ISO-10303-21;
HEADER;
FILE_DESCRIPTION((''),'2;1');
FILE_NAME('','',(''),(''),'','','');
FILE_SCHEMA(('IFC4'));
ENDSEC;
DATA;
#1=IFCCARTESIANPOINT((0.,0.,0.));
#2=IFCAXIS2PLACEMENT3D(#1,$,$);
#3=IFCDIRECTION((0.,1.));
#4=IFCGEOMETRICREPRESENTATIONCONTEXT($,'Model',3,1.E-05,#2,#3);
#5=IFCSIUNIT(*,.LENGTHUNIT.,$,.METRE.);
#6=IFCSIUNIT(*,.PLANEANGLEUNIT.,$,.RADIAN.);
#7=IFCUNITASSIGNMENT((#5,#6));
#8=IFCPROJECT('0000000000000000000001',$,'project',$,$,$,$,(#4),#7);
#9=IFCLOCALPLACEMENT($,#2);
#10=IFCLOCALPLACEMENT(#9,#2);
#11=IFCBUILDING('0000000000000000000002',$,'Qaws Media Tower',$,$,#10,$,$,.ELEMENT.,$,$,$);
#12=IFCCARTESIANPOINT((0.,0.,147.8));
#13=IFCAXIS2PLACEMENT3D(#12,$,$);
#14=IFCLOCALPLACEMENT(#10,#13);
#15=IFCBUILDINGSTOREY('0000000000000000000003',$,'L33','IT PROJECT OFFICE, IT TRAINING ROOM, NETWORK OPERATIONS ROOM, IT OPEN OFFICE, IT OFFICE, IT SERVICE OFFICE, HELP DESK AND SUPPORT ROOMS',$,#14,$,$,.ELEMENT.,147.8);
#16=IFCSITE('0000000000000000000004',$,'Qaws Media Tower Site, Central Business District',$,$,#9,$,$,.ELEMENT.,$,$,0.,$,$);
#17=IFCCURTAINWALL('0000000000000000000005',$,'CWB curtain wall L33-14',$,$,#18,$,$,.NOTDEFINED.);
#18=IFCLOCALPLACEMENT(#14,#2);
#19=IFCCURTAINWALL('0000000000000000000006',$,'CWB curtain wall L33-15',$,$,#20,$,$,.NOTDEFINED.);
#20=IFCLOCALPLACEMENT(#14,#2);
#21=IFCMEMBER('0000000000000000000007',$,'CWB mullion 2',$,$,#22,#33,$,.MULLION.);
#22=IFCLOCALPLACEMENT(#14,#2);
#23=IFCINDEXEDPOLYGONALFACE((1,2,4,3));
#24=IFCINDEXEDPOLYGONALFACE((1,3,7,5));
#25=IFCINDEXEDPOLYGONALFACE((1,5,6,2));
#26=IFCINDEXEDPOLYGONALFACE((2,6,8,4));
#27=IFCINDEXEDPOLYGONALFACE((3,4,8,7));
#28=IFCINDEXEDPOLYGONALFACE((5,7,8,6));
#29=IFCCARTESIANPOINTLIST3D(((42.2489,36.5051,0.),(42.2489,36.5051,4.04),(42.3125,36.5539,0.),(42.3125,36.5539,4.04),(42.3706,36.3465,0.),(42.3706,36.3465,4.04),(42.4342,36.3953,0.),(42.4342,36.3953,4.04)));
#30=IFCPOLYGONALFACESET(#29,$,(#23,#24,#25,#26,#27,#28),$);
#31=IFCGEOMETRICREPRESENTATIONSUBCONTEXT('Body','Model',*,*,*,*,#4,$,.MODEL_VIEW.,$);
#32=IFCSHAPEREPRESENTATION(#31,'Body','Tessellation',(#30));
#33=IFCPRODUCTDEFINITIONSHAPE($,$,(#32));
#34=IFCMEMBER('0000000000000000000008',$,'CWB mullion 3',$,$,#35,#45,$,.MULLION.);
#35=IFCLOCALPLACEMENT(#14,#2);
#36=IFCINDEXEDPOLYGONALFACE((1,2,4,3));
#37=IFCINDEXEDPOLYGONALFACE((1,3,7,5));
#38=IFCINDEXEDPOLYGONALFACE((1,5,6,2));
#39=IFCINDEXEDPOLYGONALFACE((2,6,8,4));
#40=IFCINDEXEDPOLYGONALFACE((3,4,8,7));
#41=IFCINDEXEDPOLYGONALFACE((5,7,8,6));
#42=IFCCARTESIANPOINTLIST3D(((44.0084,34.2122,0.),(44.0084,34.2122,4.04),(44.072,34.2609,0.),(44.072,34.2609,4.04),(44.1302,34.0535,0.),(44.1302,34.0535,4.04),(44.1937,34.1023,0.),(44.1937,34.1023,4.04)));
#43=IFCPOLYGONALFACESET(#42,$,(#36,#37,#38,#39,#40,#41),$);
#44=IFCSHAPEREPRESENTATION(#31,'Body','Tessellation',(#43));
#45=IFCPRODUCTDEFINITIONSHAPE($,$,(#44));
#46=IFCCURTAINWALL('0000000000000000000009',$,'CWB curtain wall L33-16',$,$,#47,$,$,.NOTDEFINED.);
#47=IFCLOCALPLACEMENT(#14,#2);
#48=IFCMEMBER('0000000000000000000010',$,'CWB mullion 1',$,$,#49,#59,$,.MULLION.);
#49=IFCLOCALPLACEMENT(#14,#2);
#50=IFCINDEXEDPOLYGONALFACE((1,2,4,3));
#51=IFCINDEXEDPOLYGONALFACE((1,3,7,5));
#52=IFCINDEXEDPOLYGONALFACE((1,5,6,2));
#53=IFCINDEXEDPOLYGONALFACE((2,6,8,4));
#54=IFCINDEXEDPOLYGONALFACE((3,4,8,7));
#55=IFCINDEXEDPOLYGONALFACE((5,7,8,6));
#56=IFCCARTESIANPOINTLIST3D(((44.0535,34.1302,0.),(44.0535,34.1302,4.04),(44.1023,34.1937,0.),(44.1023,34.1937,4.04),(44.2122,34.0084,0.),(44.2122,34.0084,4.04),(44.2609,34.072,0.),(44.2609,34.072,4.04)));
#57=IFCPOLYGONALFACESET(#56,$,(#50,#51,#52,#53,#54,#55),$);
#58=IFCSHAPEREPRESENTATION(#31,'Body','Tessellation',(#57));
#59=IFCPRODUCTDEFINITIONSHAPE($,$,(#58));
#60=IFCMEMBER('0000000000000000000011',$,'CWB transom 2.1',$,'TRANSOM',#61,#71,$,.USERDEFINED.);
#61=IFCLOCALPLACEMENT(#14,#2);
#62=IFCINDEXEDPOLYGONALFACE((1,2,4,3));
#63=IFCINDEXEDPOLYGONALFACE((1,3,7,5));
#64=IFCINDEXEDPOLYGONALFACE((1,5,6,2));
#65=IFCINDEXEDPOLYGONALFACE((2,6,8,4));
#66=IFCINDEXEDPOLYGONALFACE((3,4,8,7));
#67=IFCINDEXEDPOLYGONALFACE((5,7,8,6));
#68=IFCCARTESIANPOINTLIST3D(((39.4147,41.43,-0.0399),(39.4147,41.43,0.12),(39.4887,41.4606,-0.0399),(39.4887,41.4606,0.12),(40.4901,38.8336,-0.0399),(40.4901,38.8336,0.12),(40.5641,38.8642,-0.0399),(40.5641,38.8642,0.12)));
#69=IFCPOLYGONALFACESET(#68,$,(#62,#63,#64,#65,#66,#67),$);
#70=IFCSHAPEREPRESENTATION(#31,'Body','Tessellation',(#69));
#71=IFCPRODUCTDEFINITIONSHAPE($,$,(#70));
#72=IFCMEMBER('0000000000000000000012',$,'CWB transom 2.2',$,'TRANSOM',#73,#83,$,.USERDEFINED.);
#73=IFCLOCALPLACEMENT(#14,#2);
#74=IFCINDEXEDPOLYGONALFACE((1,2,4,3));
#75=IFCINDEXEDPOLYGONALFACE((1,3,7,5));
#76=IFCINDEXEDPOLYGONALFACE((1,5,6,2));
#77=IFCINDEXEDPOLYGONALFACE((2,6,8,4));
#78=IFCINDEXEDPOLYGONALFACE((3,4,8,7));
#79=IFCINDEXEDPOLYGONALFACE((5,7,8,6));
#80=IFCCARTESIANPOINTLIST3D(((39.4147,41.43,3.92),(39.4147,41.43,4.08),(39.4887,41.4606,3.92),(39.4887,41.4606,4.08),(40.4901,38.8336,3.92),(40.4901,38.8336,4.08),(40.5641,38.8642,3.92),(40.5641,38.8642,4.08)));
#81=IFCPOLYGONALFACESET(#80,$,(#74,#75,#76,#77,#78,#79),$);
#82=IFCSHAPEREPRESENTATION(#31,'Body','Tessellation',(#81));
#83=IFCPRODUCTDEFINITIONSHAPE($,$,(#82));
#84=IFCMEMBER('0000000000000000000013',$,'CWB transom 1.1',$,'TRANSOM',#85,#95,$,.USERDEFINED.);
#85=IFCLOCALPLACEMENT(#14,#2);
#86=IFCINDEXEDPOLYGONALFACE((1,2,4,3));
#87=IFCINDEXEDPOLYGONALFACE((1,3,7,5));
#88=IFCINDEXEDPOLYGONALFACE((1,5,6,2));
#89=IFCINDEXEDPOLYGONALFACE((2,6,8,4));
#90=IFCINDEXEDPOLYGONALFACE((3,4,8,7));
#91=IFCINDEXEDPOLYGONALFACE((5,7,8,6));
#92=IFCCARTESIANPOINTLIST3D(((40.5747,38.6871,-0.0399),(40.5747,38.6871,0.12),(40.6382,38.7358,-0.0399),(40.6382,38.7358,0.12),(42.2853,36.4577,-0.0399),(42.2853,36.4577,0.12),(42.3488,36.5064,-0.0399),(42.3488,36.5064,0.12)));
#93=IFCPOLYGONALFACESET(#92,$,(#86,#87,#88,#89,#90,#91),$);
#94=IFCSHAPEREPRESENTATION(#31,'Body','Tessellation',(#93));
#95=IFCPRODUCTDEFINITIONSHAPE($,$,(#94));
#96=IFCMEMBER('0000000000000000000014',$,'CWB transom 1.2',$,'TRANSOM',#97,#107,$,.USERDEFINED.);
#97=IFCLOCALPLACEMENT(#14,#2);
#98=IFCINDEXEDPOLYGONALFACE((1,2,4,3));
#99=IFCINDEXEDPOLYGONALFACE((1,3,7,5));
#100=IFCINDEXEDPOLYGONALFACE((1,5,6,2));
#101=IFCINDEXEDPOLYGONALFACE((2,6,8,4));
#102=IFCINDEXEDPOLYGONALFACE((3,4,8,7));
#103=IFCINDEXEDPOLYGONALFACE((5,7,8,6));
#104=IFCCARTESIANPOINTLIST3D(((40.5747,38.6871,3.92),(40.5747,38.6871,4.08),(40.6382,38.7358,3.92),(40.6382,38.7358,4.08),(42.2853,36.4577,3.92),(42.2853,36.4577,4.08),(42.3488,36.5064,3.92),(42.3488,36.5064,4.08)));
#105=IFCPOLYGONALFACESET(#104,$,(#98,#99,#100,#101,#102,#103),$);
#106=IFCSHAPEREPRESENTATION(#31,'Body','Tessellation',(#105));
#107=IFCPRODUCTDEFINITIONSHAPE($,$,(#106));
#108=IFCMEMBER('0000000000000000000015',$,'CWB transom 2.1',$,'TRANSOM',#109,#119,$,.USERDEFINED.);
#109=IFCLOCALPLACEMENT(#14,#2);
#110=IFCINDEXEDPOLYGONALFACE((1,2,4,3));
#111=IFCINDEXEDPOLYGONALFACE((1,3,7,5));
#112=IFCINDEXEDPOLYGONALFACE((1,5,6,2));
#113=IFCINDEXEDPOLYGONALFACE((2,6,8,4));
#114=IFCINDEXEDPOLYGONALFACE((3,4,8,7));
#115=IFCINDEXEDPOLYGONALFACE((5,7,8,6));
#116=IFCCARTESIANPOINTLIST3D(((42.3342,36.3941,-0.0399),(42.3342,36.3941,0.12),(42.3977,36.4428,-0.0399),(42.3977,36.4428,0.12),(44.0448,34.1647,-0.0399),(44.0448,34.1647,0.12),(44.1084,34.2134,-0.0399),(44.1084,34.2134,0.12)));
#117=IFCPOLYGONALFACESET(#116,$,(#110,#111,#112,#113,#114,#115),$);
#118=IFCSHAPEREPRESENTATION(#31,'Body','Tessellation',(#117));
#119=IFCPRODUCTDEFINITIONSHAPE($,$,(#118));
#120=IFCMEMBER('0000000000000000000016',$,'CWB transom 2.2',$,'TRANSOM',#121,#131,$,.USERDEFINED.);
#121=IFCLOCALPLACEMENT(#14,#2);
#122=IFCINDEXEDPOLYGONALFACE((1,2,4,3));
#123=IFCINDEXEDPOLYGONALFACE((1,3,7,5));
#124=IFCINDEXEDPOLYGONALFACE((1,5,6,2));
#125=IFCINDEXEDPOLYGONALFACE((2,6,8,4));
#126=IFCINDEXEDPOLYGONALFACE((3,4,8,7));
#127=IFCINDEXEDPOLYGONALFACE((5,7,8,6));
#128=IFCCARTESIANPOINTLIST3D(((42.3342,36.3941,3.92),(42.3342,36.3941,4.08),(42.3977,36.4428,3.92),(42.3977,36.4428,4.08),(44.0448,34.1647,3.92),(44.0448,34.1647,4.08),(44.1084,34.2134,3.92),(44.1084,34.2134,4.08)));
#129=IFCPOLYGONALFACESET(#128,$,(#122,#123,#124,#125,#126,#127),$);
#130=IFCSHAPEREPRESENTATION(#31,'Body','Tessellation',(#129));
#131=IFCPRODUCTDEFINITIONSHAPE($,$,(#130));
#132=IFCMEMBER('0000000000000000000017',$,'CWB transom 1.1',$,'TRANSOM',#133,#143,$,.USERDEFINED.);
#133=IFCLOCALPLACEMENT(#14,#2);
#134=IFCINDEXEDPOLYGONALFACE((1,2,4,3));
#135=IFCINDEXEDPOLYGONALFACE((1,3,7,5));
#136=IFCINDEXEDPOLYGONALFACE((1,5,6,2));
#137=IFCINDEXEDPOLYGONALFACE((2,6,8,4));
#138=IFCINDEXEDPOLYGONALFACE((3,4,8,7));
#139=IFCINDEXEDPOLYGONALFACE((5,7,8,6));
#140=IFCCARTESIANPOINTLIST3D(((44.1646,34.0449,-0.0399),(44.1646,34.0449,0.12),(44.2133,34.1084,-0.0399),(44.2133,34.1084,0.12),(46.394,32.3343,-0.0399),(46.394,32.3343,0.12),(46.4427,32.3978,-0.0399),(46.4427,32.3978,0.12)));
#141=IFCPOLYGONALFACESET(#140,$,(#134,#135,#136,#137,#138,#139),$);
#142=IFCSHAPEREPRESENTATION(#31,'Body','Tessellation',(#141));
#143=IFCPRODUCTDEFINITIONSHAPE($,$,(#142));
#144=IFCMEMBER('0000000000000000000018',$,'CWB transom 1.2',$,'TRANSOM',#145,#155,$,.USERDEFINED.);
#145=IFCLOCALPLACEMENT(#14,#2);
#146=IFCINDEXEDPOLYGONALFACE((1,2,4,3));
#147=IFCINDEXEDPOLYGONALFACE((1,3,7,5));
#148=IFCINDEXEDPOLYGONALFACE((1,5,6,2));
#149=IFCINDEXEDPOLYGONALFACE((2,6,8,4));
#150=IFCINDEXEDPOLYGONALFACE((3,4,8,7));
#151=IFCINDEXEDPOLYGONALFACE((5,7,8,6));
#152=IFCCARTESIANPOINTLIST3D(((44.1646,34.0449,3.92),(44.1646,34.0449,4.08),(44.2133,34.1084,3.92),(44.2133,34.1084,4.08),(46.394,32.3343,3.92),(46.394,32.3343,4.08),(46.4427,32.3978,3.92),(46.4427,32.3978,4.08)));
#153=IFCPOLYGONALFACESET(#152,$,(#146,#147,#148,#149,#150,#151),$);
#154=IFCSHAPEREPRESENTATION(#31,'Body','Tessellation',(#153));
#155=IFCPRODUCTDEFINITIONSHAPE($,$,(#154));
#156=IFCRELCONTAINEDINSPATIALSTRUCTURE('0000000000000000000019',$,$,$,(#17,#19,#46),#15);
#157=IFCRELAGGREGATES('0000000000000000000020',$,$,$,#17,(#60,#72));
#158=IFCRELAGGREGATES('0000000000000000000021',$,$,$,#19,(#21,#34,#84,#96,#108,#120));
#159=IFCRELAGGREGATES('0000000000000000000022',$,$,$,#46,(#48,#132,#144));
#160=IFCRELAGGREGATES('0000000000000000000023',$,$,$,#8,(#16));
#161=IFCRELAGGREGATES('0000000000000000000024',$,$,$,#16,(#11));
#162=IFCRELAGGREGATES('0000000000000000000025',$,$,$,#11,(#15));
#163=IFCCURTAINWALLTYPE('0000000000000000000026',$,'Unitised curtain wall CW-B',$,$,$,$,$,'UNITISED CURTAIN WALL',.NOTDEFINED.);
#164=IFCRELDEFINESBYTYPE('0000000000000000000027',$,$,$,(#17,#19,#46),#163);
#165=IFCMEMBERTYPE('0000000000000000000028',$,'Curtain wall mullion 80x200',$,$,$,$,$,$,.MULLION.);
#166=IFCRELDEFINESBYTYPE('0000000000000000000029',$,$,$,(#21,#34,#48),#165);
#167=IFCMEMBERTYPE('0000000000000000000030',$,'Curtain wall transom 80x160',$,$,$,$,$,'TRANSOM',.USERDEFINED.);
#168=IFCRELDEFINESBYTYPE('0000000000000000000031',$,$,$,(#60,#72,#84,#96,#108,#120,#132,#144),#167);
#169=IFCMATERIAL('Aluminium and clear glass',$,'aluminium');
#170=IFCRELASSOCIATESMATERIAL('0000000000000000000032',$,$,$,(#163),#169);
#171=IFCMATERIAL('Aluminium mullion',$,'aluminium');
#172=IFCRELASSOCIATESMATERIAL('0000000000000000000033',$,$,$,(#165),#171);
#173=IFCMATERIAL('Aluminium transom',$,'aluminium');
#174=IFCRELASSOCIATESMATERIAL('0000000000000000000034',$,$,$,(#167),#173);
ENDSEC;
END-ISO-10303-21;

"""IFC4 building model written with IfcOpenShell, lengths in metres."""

from ifc_helpers import new_model, si_unit, direction, frame, origin, origin_2d, place, context, subcontext, project, spatial, rectangle, extrude, material, material_profile, profile_set, type_object, element, aggregate, save


model = new_model("IFC4")

# Units and contexts
model_context = context("Model", 3, precision=1e-05, world=origin(), true_north=direction((0.0, 1.0)))
body_context = subcontext(model_context, "Body", "Model", "MODEL_VIEW")
ifc_project = project(units=[si_unit("LENGTHUNIT", "METRE"), si_unit("PLANEANGLEUNIT", "RADIAN")], contexts=[model_context])

# Site, building, storey
site_placement = place(None, origin())
site = spatial("IfcSite", under=ifc_project, at=site_placement, Name="Qaws Media Tower Site, Central Business District", CompositionType="ELEMENT", RefElevation=0.0)
building_placement = place(site_placement, origin())
building = spatial("IfcBuilding", under=site, at=building_placement, Name="Qaws Media Tower", CompositionType="ELEMENT")
storey_placement = place(building_placement, frame((0.0, 0.0, 147.8)))
storey = spatial("IfcBuildingStorey", under=building, at=storey_placement, Name="L33", Description="IT PROJECT OFFICE, IT TRAINING ROOM, NETWORK OPERATIONS ROOM, IT OPEN OFFICE, IT OFFICE, IT SERVICE OFFICE, HELP DESK AND SUPPORT ROOMS", CompositionType="ELEMENT", Elevation=147.8)

# Curtain wall
ifc_material_1 = material(Name="Aluminium and clear glass", Category="aluminium")
curtain_wall_type = type_object("IfcCurtainWallType", Name="Unitised curtain wall CW-B", ElementType="UNITISED CURTAIN WALL", PredefinedType="NOTDEFINED", material=ifc_material_1)
curtain_wall_1_placement = place(storey_placement, origin())
curtain_wall_1 = element("IfcCurtainWall", 1, at=curtain_wall_1_placement, inside=storey, type_object=curtain_wall_type, Name="CWB curtain wall L33-14", PredefinedType="NOTDEFINED")
ifc_material_2 = material(Name="Aluminium mullion", Category="aluminium")
ifc_material_profile_1 = material_profile(ifc_material_2, rectangle(XDim=0.0801, YDim=0.2, at=origin_2d()), Name="80x200")
ifc_profile_set_1 = profile_set([ifc_material_profile_1], Name="Aluminium mullion")
member_type_1 = type_object("IfcMemberType", Name="Curtain wall mullion 80x200", PredefinedType="MULLION", material=ifc_profile_set_1)

# Curtain wall, members
curtain_wall_2_placement = place(storey_placement, origin())
curtain_wall_2 = element("IfcCurtainWall", 2, at=curtain_wall_2_placement, inside=storey, type_object=curtain_wall_type, Name="CWB curtain wall L33-15", PredefinedType="NOTDEFINED")
member_1_placement = place(storey_placement, frame((42.3416, 36.4502, 0.0), z_axis=(0.0, 0.0, 1.0), x_axis=(0.793353, 0.608761, 0.0)))
member_1 = element("IfcMember", 3, at=member_1_placement, type_object=member_type_1, Name="CWB mullion 2", PredefinedType="MULLION", context=body_context, shape_type="SweptSolid", body=[
    extrude(rectangle(XDim=0.0801, YDim=0.2, at=origin_2d()), origin(), (0.0, 0.0, 1.0), 4.04),
])
member_2_placement = place(storey_placement, frame((44.1011, 34.1572, 0.0), z_axis=(0.0, 0.0, 1.0), x_axis=(0.793353, 0.608761, 0.0)))
member_2 = element("IfcMember", 4, at=member_2_placement, type_object=member_type_1, Name="CWB mullion 3", PredefinedType="MULLION", context=body_context, shape_type="SweptSolid", body=[
    extrude(rectangle(XDim=0.0801, YDim=0.2, at=origin_2d()), origin(), (0.0, 0.0, 1.0), 4.04),
])

# Curtain wall, member
curtain_wall_3_placement = place(storey_placement, origin())
curtain_wall_3 = element("IfcCurtainWall", 5, at=curtain_wall_3_placement, inside=storey, type_object=curtain_wall_type, Name="CWB curtain wall L33-16", PredefinedType="NOTDEFINED")
member_3_placement = place(storey_placement, frame((44.1572, 34.1011, 0.0), z_axis=(0.0, 0.0, 1.0), x_axis=(0.608761, 0.793353, 0.0)))
member_3 = element("IfcMember", 6, at=member_3_placement, type_object=member_type_1, Name="CWB mullion 1", PredefinedType="MULLION", context=body_context, shape_type="SweptSolid", body=[
    extrude(rectangle(XDim=0.0801, YDim=0.2, at=origin_2d()), origin(), (0.0, 0.0, 1.0), 4.04),
])

# Members
ifc_material_3 = material(Name="Aluminium transom", Category="aluminium")
ifc_material_profile_2 = material_profile(ifc_material_3, rectangle(XDim=0.0801, YDim=0.1599, at=origin_2d()), Name="80x160")
ifc_profile_set_2 = profile_set([ifc_material_profile_2], Name="Aluminium transom")
member_type_2 = type_object("IfcMemberType", Name="Curtain wall transom 80x160", ElementType="TRANSOM", PredefinedType="USERDEFINED", material=ifc_profile_set_2)
member_4_placement = place(storey_placement, frame((39.4517, 41.4453, 0.04), z_axis=(0.382671, -0.923884, 0.0), x_axis=(0.923884, 0.382671, 0.0)))
member_4 = element("IfcMember", 7, at=member_4_placement, type_object=member_type_2, Name="CWB transom 2.1", ObjectType="TRANSOM", PredefinedType="USERDEFINED", context=body_context, shape_type="SweptSolid", body=[
    extrude(rectangle(XDim=0.0801, YDim=0.1599, at=origin_2d()), origin(), (0.0, 0.0, 1.0), 2.8103),
])
member_5_placement = place(storey_placement, frame((39.4517, 41.4453, 4.0), z_axis=(0.382671, -0.923884, 0.0), x_axis=(0.923884, 0.382671, 0.0)))
member_5 = element("IfcMember", 8, at=member_5_placement, type_object=member_type_2, Name="CWB transom 2.2", ObjectType="TRANSOM", PredefinedType="USERDEFINED", context=body_context, shape_type="SweptSolid", body=[
    extrude(rectangle(XDim=0.0801, YDim=0.1599, at=origin_2d()), origin(), (0.0, 0.0, 1.0), 2.8103),
])
member_6_placement = place(storey_placement, frame((40.6064, 38.7114, 0.04), z_axis=(0.608749, -0.793363, 0.0), x_axis=(0.793363, 0.608749, 0.0)))
member_6 = element("IfcMember", 9, at=member_6_placement, type_object=member_type_2, Name="CWB transom 1.1", ObjectType="TRANSOM", PredefinedType="USERDEFINED", context=body_context, shape_type="SweptSolid", body=[
    extrude(rectangle(XDim=0.0801, YDim=0.1599, at=origin_2d()), origin(), (0.0, 0.0, 1.0), 2.8101),
])
member_7_placement = place(storey_placement, frame((40.6064, 38.7114, 4.0), z_axis=(0.608749, -0.793363, 0.0), x_axis=(0.793363, 0.608749, 0.0)))
member_7 = element("IfcMember", 10, at=member_7_placement, type_object=member_type_2, Name="CWB transom 1.2", ObjectType="TRANSOM", PredefinedType="USERDEFINED", context=body_context, shape_type="SweptSolid", body=[
    extrude(rectangle(XDim=0.0801, YDim=0.1599, at=origin_2d()), origin(), (0.0, 0.0, 1.0), 2.8101),
])
member_8_placement = place(storey_placement, frame((42.366, 36.4185, 0.04), z_axis=(0.608749, -0.793363, 0.0), x_axis=(0.793363, 0.608749, 0.0)))
member_8 = element("IfcMember", 11, at=member_8_placement, type_object=member_type_2, Name="CWB transom 2.1", ObjectType="TRANSOM", PredefinedType="USERDEFINED", context=body_context, shape_type="SweptSolid", body=[
    extrude(rectangle(XDim=0.0801, YDim=0.1599, at=origin_2d()), origin(), (0.0, 0.0, 1.0), 2.8101),
])
member_9_placement = place(storey_placement, frame((42.366, 36.4185, 4.0), z_axis=(0.608749, -0.793363, 0.0), x_axis=(0.793363, 0.608749, 0.0)))
member_9 = element("IfcMember", 12, at=member_9_placement, type_object=member_type_2, Name="CWB transom 2.2", ObjectType="TRANSOM", PredefinedType="USERDEFINED", context=body_context, shape_type="SweptSolid", body=[
    extrude(rectangle(XDim=0.0801, YDim=0.1599, at=origin_2d()), origin(), (0.0, 0.0, 1.0), 2.8101),
])
member_10_placement = place(storey_placement, frame((44.189, 34.0767, 0.04), z_axis=(0.793363, -0.608749, 0.0), x_axis=(0.608749, 0.793363, 0.0)))
member_10 = element("IfcMember", 13, at=member_10_placement, type_object=member_type_2, Name="CWB transom 1.1", ObjectType="TRANSOM", PredefinedType="USERDEFINED", context=body_context, shape_type="SweptSolid", body=[
    extrude(rectangle(XDim=0.0801, YDim=0.1599, at=origin_2d()), origin(), (0.0, 0.0, 1.0), 2.8101),
])
member_11_placement = place(storey_placement, frame((44.189, 34.0767, 4.0), z_axis=(0.793363, -0.608749, 0.0), x_axis=(0.608749, 0.793363, 0.0)))
member_11 = element("IfcMember", 14, at=member_11_placement, type_object=member_type_2, Name="CWB transom 1.2", ObjectType="TRANSOM", PredefinedType="USERDEFINED", context=body_context, shape_type="SweptSolid", body=[
    extrude(rectangle(XDim=0.0801, YDim=0.1599, at=origin_2d()), origin(), (0.0, 0.0, 1.0), 2.8101),
])

aggregate(curtain_wall_1, [member_4, member_5])
aggregate(curtain_wall_2, [member_1, member_2, member_6, member_7, member_8, member_9])
aggregate(curtain_wall_3, [member_3, member_10, member_11])

save(model, "model.ifc")
